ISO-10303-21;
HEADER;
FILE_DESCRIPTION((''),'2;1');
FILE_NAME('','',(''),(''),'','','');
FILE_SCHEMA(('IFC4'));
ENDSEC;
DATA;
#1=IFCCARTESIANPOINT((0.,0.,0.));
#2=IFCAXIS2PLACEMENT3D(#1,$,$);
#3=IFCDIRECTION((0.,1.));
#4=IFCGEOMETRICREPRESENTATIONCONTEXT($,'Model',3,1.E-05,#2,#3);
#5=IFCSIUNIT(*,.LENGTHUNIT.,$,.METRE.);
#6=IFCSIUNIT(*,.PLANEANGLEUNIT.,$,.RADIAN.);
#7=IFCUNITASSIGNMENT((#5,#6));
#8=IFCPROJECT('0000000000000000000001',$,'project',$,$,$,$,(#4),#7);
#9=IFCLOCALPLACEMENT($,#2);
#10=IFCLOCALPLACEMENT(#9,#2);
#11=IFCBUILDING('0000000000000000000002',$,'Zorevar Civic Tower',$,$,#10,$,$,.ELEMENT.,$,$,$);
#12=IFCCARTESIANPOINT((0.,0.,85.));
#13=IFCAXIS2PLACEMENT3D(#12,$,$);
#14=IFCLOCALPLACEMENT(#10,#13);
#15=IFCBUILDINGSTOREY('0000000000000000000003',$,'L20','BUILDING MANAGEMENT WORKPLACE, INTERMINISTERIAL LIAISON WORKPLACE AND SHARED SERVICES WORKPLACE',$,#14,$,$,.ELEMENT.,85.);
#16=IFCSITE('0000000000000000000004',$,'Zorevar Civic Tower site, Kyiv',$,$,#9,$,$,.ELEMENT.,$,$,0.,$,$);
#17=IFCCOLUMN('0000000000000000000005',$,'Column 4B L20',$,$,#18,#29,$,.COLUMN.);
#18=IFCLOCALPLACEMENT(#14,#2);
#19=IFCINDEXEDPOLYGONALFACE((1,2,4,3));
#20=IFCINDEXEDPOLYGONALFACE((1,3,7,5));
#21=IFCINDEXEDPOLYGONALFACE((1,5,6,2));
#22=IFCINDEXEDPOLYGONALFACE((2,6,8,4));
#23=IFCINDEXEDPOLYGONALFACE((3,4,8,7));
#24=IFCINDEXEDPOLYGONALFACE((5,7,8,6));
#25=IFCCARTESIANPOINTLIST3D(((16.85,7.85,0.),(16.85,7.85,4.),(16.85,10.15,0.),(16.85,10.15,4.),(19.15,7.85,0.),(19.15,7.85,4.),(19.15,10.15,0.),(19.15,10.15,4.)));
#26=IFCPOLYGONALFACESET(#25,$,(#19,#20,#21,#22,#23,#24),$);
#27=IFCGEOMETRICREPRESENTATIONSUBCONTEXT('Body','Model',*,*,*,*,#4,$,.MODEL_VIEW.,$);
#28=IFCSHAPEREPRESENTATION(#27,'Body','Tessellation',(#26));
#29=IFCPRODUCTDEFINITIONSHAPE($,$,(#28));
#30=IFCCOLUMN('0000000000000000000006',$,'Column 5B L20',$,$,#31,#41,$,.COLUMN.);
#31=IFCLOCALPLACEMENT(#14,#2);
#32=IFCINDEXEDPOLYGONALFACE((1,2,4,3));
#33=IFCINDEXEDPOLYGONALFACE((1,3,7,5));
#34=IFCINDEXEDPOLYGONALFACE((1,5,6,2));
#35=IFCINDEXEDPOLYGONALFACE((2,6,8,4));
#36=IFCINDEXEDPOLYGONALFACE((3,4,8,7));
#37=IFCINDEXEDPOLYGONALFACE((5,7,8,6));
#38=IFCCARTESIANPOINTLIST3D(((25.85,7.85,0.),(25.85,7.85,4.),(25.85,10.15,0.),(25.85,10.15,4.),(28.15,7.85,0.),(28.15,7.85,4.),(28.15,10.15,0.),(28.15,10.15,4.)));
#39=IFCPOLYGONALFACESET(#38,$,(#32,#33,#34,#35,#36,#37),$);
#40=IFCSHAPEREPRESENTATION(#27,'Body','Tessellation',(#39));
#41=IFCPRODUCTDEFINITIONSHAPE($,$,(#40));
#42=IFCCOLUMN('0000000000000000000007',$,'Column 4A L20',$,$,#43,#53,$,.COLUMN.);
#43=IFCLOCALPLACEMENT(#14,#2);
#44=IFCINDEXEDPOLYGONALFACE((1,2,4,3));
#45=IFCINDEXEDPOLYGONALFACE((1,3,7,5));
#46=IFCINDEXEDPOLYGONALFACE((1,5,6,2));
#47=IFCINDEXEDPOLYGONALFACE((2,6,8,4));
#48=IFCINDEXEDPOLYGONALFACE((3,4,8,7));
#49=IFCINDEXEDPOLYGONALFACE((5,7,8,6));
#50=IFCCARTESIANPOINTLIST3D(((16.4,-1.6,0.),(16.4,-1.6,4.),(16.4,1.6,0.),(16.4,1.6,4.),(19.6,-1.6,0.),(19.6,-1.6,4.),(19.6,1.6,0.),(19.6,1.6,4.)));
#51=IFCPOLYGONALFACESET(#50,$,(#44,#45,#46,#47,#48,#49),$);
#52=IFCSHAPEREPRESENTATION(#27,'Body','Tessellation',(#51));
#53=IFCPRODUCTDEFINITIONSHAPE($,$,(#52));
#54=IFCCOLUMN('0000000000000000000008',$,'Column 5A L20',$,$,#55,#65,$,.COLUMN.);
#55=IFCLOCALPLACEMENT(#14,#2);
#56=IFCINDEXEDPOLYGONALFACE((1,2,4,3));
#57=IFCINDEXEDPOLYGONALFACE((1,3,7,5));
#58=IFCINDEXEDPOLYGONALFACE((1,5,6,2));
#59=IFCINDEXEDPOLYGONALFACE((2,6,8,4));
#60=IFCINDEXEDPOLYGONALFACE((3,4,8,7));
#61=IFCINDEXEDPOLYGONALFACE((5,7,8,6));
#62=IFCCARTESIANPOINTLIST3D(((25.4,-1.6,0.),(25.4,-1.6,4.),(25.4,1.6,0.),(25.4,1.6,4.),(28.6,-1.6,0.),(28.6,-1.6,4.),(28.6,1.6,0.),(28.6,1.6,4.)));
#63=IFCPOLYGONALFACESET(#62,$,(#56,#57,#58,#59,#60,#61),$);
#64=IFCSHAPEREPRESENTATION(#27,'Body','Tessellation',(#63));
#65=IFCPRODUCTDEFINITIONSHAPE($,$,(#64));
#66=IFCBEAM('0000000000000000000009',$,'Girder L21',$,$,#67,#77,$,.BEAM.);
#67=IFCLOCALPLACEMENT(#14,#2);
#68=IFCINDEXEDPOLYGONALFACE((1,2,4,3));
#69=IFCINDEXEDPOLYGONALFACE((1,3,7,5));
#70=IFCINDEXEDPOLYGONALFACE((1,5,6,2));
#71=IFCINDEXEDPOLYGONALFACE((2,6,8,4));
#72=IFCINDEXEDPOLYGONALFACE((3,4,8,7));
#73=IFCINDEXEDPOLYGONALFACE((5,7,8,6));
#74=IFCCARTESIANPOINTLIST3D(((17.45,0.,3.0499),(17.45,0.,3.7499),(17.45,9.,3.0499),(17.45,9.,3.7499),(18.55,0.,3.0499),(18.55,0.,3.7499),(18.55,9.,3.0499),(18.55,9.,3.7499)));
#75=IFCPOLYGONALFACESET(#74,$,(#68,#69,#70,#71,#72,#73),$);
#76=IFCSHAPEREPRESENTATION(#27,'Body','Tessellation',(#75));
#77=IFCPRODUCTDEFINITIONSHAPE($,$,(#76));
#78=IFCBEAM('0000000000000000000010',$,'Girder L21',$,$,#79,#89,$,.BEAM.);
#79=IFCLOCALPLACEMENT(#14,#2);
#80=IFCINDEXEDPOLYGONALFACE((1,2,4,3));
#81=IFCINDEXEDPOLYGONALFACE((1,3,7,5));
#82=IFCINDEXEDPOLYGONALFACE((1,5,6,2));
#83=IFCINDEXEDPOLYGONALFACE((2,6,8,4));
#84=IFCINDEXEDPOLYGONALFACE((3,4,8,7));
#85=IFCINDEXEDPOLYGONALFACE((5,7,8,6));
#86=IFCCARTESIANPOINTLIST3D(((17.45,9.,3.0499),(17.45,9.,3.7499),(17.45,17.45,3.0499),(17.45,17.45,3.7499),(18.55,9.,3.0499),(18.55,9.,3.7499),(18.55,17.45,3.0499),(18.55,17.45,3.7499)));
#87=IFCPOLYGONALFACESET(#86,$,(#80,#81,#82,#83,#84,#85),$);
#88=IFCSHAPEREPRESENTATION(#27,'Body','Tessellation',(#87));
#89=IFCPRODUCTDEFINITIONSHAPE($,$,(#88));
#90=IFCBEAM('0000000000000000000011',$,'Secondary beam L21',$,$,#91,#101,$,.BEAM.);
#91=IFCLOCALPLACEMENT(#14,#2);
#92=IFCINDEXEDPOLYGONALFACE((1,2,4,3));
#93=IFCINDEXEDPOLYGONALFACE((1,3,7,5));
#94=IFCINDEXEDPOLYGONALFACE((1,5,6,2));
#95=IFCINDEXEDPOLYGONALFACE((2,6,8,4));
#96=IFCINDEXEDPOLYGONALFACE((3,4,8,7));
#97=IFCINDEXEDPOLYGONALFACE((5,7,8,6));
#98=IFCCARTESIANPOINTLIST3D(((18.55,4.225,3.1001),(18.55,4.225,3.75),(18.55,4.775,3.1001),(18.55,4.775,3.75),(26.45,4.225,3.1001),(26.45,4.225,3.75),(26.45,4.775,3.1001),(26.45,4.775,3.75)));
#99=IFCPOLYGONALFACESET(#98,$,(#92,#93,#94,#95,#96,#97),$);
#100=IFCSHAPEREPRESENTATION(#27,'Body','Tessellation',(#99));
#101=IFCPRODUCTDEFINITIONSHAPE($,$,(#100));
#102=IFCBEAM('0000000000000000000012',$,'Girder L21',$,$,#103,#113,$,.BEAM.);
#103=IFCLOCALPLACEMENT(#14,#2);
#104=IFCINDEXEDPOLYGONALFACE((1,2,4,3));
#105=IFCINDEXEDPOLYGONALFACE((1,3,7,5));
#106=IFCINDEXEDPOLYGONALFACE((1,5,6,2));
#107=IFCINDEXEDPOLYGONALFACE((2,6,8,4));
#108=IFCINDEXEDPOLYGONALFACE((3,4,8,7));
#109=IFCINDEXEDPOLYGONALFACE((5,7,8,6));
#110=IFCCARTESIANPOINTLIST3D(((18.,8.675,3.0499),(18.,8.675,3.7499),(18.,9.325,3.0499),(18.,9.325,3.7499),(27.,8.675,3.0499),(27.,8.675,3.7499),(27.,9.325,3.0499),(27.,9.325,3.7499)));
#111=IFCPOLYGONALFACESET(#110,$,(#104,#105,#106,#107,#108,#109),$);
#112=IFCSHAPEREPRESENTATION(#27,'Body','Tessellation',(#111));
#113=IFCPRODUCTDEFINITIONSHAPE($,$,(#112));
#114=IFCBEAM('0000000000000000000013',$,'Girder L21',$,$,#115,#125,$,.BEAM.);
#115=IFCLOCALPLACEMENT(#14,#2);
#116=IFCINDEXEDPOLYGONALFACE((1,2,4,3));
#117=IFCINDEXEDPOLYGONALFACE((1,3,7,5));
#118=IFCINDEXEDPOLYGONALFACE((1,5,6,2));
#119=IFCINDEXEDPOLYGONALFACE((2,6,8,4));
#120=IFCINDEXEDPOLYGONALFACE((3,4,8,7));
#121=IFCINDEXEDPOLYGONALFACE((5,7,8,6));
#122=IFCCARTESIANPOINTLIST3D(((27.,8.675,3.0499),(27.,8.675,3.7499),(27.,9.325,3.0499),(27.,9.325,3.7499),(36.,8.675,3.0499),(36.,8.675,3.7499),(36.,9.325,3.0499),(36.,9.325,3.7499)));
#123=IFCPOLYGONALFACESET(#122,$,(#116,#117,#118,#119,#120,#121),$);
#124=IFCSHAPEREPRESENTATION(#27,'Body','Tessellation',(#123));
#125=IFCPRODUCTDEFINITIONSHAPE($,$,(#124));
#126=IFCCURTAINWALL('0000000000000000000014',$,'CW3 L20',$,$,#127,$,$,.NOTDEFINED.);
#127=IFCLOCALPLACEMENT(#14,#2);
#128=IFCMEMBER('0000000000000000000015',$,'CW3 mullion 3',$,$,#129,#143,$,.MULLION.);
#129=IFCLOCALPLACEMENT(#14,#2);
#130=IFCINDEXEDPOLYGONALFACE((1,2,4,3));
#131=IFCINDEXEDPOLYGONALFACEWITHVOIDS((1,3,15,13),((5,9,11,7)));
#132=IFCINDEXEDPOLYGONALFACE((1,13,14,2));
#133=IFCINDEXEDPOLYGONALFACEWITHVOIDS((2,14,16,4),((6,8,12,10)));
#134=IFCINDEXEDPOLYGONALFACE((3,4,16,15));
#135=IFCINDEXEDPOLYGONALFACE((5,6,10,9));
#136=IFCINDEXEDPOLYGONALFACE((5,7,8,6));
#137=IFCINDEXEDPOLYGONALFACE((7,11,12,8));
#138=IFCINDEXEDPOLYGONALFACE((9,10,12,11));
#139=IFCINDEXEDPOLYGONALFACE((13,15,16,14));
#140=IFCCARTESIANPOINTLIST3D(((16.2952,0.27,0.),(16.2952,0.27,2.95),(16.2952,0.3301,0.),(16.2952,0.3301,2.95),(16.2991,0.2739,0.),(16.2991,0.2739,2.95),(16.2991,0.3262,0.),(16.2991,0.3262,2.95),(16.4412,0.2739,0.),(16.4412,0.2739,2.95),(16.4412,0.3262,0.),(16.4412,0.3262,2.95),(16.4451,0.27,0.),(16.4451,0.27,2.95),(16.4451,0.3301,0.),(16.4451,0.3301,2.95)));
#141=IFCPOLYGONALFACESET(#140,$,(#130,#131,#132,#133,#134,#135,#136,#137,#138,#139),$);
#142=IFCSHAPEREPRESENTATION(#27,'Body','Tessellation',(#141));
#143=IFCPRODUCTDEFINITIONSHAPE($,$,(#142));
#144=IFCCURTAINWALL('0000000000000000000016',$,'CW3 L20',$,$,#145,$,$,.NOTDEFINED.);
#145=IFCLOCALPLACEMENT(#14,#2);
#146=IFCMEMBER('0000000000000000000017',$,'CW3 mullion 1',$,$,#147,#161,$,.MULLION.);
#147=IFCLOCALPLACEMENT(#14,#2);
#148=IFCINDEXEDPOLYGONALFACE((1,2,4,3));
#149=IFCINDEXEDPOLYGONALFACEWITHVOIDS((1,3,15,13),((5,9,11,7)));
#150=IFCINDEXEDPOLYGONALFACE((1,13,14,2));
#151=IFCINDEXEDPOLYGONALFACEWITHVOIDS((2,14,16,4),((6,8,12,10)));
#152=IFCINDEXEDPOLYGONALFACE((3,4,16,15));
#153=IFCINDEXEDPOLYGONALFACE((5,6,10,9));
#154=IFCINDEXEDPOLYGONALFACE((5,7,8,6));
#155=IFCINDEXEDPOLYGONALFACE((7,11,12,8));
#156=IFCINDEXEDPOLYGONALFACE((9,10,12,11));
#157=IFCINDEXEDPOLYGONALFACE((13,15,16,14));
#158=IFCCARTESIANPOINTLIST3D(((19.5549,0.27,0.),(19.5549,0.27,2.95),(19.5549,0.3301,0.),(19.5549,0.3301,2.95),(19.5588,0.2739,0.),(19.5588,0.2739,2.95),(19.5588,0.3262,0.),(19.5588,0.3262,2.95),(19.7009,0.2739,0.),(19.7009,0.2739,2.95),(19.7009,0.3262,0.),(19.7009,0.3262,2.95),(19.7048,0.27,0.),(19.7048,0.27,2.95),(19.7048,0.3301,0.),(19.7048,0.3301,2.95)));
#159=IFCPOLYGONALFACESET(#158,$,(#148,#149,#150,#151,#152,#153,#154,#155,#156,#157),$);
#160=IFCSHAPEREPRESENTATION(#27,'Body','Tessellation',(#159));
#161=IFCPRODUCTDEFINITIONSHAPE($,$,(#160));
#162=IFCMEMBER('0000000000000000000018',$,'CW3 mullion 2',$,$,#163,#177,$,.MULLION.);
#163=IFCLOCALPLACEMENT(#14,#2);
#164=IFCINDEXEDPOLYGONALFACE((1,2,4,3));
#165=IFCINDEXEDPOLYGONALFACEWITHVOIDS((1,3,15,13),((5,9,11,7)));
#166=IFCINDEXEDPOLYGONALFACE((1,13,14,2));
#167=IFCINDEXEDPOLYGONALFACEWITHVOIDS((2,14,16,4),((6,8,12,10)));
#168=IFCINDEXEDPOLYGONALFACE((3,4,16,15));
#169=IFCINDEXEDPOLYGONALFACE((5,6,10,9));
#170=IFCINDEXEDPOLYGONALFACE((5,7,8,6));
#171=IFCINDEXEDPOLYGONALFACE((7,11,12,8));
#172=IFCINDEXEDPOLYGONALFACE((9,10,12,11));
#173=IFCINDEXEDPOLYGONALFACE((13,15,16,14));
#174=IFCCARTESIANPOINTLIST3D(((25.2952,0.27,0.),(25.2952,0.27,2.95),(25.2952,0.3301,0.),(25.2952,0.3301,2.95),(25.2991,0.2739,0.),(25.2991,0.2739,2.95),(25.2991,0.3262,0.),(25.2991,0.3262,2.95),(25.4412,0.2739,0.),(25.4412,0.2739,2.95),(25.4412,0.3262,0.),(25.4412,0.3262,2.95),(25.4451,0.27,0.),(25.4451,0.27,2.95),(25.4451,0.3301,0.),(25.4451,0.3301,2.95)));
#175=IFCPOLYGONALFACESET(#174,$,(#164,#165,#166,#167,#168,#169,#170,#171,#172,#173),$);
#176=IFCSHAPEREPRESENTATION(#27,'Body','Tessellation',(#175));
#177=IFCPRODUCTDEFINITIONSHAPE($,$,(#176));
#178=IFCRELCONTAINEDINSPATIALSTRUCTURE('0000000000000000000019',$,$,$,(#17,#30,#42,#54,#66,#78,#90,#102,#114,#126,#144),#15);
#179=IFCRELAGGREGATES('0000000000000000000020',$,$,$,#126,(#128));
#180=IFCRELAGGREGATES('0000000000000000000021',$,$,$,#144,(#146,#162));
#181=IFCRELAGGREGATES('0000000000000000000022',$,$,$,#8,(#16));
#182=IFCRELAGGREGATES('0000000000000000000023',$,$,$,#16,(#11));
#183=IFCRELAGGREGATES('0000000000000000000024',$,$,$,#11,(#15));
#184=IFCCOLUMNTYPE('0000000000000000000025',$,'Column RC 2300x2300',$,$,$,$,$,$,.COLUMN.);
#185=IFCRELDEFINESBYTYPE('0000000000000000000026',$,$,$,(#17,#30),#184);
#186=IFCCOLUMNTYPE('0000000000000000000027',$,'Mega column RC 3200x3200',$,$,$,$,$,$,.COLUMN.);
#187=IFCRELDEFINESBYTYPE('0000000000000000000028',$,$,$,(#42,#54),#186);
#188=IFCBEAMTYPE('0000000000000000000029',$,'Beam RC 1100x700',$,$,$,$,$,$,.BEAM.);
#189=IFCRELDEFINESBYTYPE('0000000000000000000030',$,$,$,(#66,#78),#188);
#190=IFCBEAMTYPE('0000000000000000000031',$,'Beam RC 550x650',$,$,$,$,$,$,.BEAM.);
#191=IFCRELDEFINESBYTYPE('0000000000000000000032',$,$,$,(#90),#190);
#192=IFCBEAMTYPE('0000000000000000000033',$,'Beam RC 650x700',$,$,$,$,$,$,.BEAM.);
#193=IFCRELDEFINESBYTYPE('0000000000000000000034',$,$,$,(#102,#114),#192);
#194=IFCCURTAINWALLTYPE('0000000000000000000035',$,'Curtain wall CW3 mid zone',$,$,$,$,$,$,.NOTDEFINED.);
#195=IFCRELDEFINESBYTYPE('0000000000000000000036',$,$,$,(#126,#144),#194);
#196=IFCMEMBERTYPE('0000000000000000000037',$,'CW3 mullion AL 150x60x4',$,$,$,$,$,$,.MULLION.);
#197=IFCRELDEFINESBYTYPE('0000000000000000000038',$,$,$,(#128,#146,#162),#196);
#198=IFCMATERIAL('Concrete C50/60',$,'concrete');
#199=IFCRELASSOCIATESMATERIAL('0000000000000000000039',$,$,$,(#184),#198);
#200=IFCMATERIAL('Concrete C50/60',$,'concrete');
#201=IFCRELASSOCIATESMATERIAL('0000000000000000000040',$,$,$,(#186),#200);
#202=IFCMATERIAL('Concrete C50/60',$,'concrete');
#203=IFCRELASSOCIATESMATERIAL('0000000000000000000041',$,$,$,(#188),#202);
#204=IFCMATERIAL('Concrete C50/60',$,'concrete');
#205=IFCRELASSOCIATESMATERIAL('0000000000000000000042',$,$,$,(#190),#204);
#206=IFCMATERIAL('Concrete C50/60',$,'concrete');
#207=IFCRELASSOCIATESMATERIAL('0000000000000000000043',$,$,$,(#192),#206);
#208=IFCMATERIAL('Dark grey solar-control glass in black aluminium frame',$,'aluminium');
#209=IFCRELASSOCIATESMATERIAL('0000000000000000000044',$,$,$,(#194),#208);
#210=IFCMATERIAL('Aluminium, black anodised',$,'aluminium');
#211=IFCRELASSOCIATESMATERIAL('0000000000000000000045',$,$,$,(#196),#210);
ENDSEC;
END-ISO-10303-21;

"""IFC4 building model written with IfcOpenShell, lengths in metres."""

from ifc_helpers import new_model, si_unit, direction, frame, origin, origin_2d, place, context, subcontext, project, spatial, rectangle, hollow_rectangle, extrude, material, material_profile, profile_set, type_object, element, aggregate, save


model = new_model("IFC4")

# Units and contexts
model_context = context("Model", 3, precision=1e-05, world=origin(), true_north=direction((0.0, 1.0)))
body_context = subcontext(model_context, "Body", "Model", "MODEL_VIEW")
ifc_project = project(units=[si_unit("LENGTHUNIT", "METRE"), si_unit("PLANEANGLEUNIT", "RADIAN")], contexts=[model_context])

# Site, building, storey
site_placement = place(None, origin())
site = spatial("IfcSite", under=ifc_project, at=site_placement, Name="Zorevar Civic Tower site, Kyiv", CompositionType="ELEMENT", RefElevation=0.0)
building_placement = place(site_placement, origin())
building = spatial("IfcBuilding", under=site, at=building_placement, Name="Zorevar Civic Tower", CompositionType="ELEMENT")
storey_placement = place(building_placement, frame((0.0, 0.0, 85.0)))
storey = spatial("IfcBuildingStorey", under=building, at=storey_placement, Name="L20", Description="BUILDING MANAGEMENT WORKPLACE, INTERMINISTERIAL LIAISON WORKPLACE AND SHARED SERVICES WORKPLACE", CompositionType="ELEMENT", Elevation=85.0)

# Columns
ifc_material_1 = material(Name="Concrete C50/60", Category="concrete")
ifc_material_profile_1 = material_profile(ifc_material_1, rectangle(XDim=2.3, YDim=2.3, at=origin_2d()), Name="RC 2300x2300")
ifc_profile_set_1 = profile_set([ifc_material_profile_1], Name="Concrete C50/60")
column_type_1 = type_object("IfcColumnType", Name="Column RC 2300x2300", PredefinedType="COLUMN", material=ifc_profile_set_1)
for number, where, z_axis, x_axis, name in (
    (1, (18.0, 9.0, 0.0), (0.0, 0.0, 1.0), (1.0, 0.0, 0.0), "Column 4B L20"),
    (2, (27.0, 9.0, 0.0), (0.0, 0.0, 1.0), (1.0, 0.0, 0.0), "Column 5B L20"),
):
    element("IfcColumn", number, at=place(storey_placement, frame(where, z_axis=z_axis, x_axis=x_axis)), inside=storey, type_object=column_type_1, Name=name, PredefinedType="COLUMN", context=body_context, shape_type="SweptSolid", body=[
        extrude(rectangle(XDim=2.3, YDim=2.3, at=origin_2d()), origin(), (0.0, 0.0, 1.0), 4.0),
    ])
ifc_material_2 = material(Name="Concrete C50/60", Category="concrete")
ifc_material_profile_2 = material_profile(ifc_material_2, rectangle(XDim=3.2, YDim=3.2, at=origin_2d()), Name="RC 3200x3200")
ifc_profile_set_2 = profile_set([ifc_material_profile_2], Name="Concrete C50/60")
column_type_2 = type_object("IfcColumnType", Name="Mega column RC 3200x3200", PredefinedType="COLUMN", material=ifc_profile_set_2)
for number, where, z_axis, x_axis, name in (
    (3, (18.0, 0.0, 0.0), (0.0, 0.0, 1.0), (1.0, 0.0, 0.0), "Column 4A L20"),
    (4, (27.0, 0.0, 0.0), (0.0, 0.0, 1.0), (1.0, 0.0, 0.0), "Column 5A L20"),
):
    element("IfcColumn", number, at=place(storey_placement, frame(where, z_axis=z_axis, x_axis=x_axis)), inside=storey, type_object=column_type_2, Name=name, PredefinedType="COLUMN", context=body_context, shape_type="SweptSolid", body=[
        extrude(rectangle(XDim=3.2, YDim=3.2, at=origin_2d()), origin(), (0.0, 0.0, 1.0), 4.0),
    ])

# Beams
ifc_material_3 = material(Name="Concrete C50/60", Category="concrete")
ifc_material_profile_3 = material_profile(ifc_material_3, rectangle(XDim=1.1001, YDim=0.7, at=origin_2d()), Name="RC 1100x700")
ifc_profile_set_3 = profile_set([ifc_material_profile_3], Name="Concrete C50/60")
beam_type_1 = type_object("IfcBeamType", Name="Beam RC 1100x700", PredefinedType="BEAM", material=ifc_profile_set_3)
beam_1_placement = place(storey_placement, frame((18.0, 0.0, 3.3999), z_axis=(0.0, 1.0, 0.0), x_axis=(-1.0, 0.0, 0.0)))
element("IfcBeam", 5, at=beam_1_placement, inside=storey, type_object=beam_type_1, Name="Girder L21", PredefinedType="BEAM", context=body_context, shape_type="SweptSolid", body=[
    extrude(rectangle(XDim=1.1001, YDim=0.7, at=origin_2d()), origin(), (0.0, 0.0, 1.0), 9.0),
])
beam_2_placement = place(storey_placement, frame((18.0, 9.0, 3.3999), z_axis=(0.0, 1.0, 0.0), x_axis=(-1.0, 0.0, 0.0)))
element("IfcBeam", 6, at=beam_2_placement, inside=storey, type_object=beam_type_1, Name="Girder L21", PredefinedType="BEAM", context=body_context, shape_type="SweptSolid", body=[
    extrude(rectangle(XDim=1.1001, YDim=0.7, at=origin_2d()), origin(), (0.0, 0.0, 1.0), 8.45),
])
ifc_material_4 = material(Name="Concrete C50/60", Category="concrete")
ifc_material_profile_4 = material_profile(ifc_material_4, rectangle(XDim=0.55, YDim=0.6499, at=origin_2d()), Name="RC 550x650")
ifc_profile_set_4 = profile_set([ifc_material_profile_4], Name="Concrete C50/60")
beam_type_2 = type_object("IfcBeamType", Name="Beam RC 550x650", PredefinedType="BEAM", material=ifc_profile_set_4)
beam_3_placement = place(storey_placement, frame((18.55, 4.5, 3.425), z_axis=(1.0, 0.0, 0.0), x_axis=(0.0, 1.0, 0.0)))
element("IfcBeam", 7, at=beam_3_placement, inside=storey, type_object=beam_type_2, Name="Secondary beam L21", PredefinedType="BEAM", context=body_context, shape_type="SweptSolid", body=[
    extrude(rectangle(XDim=0.55, YDim=0.6499, at=origin_2d()), origin(), (0.0, 0.0, 1.0), 7.8999),
])
ifc_material_5 = material(Name="Concrete C50/60", Category="concrete")
ifc_material_profile_5 = material_profile(ifc_material_5, rectangle(XDim=0.6499, YDim=0.7, at=origin_2d()), Name="RC 650x700")
ifc_profile_set_5 = profile_set([ifc_material_profile_5], Name="Concrete C50/60")
beam_type_3 = type_object("IfcBeamType", Name="Beam RC 650x700", PredefinedType="BEAM", material=ifc_profile_set_5)
for number, where, z_axis, x_axis, name in (
    (8, (18.0, 9.0, 3.3999), (1.0, 0.0, 0.0), (0.0, 1.0, 0.0), "Girder L21"),
    (9, (27.0, 9.0, 3.3999), (1.0, 0.0, 0.0), (0.0, 1.0, 0.0), "Girder L21"),
):
    element("IfcBeam", number, at=place(storey_placement, frame(where, z_axis=z_axis, x_axis=x_axis)), inside=storey, type_object=beam_type_3, Name=name, PredefinedType="BEAM", context=body_context, shape_type="SweptSolid", body=[
        extrude(rectangle(XDim=0.6499, YDim=0.7, at=origin_2d()), origin(), (0.0, 0.0, 1.0), 9.0),
    ])

# Curtain wall, member
ifc_material_6 = material(Name="Dark grey solar-control glass in black aluminium frame", Category="aluminium")
curtain_wall_type = type_object("IfcCurtainWallType", Name="Curtain wall CW3 mid zone", PredefinedType="NOTDEFINED", material=ifc_material_6)
curtain_wall_1_placement = place(storey_placement, origin())
curtain_wall_1 = element("IfcCurtainWall", 10, at=curtain_wall_1_placement, inside=storey, type_object=curtain_wall_type, Name="CW3 L20", PredefinedType="NOTDEFINED")
ifc_material_7 = material(Name="Aluminium, black anodised", Category="aluminium")
ifc_material_profile_6 = material_profile(ifc_material_7, hollow_rectangle(XDim=0.0601, YDim=0.1499, WallThickness=0.0039, at=origin_2d()), Name="AL 150x60x4")
ifc_profile_set_6 = profile_set([ifc_material_profile_6], Name="Aluminium, black anodised")
member_type_1 = type_object("IfcMemberType", Name="CW3 mullion AL 150x60x4", PredefinedType="MULLION", material=ifc_profile_set_6)
member_1_placement = place(storey_placement, frame((16.3701, 0.3, 0.0), z_axis=(0.0, 0.0, 1.0), x_axis=(0.0, 1.0, 0.0)))
member_1 = element("IfcMember", 11, at=member_1_placement, type_object=member_type_1, Name="CW3 mullion 3", PredefinedType="MULLION", context=body_context, shape_type="SweptSolid", body=[
    extrude(hollow_rectangle(XDim=0.0601, YDim=0.1499, WallThickness=0.0039, at=origin_2d()), origin(), (0.0, 0.0, 1.0), 2.95),
])

# Curtain wall, members
curtain_wall_2_placement = place(storey_placement, origin())
curtain_wall_2 = element("IfcCurtainWall", 12, at=curtain_wall_2_placement, inside=storey, type_object=curtain_wall_type, Name="CW3 L20", PredefinedType="NOTDEFINED")
member_2_placement = place(storey_placement, frame((19.6299, 0.3, 0.0), z_axis=(0.0, 0.0, 1.0), x_axis=(0.0, 1.0, 0.0)))
member_2 = element("IfcMember", 13, at=member_2_placement, type_object=member_type_1, Name="CW3 mullion 1", PredefinedType="MULLION", context=body_context, shape_type="SweptSolid", body=[
    extrude(hollow_rectangle(XDim=0.0601, YDim=0.1499, WallThickness=0.0039, at=origin_2d()), origin(), (0.0, 0.0, 1.0), 2.95),
])
member_3_placement = place(storey_placement, frame((25.3701, 0.3, 0.0), z_axis=(0.0, 0.0, 1.0), x_axis=(0.0, 1.0, 0.0)))
member_3 = element("IfcMember", 14, at=member_3_placement, type_object=member_type_1, Name="CW3 mullion 2", PredefinedType="MULLION", context=body_context, shape_type="SweptSolid", body=[
    extrude(hollow_rectangle(XDim=0.0601, YDim=0.1499, WallThickness=0.0039, at=origin_2d()), origin(), (0.0, 0.0, 1.0), 2.95),
])

aggregate(curtain_wall_1, [member_1])
aggregate(curtain_wall_2, [member_2, member_3])

save(model, "model.ifc")
